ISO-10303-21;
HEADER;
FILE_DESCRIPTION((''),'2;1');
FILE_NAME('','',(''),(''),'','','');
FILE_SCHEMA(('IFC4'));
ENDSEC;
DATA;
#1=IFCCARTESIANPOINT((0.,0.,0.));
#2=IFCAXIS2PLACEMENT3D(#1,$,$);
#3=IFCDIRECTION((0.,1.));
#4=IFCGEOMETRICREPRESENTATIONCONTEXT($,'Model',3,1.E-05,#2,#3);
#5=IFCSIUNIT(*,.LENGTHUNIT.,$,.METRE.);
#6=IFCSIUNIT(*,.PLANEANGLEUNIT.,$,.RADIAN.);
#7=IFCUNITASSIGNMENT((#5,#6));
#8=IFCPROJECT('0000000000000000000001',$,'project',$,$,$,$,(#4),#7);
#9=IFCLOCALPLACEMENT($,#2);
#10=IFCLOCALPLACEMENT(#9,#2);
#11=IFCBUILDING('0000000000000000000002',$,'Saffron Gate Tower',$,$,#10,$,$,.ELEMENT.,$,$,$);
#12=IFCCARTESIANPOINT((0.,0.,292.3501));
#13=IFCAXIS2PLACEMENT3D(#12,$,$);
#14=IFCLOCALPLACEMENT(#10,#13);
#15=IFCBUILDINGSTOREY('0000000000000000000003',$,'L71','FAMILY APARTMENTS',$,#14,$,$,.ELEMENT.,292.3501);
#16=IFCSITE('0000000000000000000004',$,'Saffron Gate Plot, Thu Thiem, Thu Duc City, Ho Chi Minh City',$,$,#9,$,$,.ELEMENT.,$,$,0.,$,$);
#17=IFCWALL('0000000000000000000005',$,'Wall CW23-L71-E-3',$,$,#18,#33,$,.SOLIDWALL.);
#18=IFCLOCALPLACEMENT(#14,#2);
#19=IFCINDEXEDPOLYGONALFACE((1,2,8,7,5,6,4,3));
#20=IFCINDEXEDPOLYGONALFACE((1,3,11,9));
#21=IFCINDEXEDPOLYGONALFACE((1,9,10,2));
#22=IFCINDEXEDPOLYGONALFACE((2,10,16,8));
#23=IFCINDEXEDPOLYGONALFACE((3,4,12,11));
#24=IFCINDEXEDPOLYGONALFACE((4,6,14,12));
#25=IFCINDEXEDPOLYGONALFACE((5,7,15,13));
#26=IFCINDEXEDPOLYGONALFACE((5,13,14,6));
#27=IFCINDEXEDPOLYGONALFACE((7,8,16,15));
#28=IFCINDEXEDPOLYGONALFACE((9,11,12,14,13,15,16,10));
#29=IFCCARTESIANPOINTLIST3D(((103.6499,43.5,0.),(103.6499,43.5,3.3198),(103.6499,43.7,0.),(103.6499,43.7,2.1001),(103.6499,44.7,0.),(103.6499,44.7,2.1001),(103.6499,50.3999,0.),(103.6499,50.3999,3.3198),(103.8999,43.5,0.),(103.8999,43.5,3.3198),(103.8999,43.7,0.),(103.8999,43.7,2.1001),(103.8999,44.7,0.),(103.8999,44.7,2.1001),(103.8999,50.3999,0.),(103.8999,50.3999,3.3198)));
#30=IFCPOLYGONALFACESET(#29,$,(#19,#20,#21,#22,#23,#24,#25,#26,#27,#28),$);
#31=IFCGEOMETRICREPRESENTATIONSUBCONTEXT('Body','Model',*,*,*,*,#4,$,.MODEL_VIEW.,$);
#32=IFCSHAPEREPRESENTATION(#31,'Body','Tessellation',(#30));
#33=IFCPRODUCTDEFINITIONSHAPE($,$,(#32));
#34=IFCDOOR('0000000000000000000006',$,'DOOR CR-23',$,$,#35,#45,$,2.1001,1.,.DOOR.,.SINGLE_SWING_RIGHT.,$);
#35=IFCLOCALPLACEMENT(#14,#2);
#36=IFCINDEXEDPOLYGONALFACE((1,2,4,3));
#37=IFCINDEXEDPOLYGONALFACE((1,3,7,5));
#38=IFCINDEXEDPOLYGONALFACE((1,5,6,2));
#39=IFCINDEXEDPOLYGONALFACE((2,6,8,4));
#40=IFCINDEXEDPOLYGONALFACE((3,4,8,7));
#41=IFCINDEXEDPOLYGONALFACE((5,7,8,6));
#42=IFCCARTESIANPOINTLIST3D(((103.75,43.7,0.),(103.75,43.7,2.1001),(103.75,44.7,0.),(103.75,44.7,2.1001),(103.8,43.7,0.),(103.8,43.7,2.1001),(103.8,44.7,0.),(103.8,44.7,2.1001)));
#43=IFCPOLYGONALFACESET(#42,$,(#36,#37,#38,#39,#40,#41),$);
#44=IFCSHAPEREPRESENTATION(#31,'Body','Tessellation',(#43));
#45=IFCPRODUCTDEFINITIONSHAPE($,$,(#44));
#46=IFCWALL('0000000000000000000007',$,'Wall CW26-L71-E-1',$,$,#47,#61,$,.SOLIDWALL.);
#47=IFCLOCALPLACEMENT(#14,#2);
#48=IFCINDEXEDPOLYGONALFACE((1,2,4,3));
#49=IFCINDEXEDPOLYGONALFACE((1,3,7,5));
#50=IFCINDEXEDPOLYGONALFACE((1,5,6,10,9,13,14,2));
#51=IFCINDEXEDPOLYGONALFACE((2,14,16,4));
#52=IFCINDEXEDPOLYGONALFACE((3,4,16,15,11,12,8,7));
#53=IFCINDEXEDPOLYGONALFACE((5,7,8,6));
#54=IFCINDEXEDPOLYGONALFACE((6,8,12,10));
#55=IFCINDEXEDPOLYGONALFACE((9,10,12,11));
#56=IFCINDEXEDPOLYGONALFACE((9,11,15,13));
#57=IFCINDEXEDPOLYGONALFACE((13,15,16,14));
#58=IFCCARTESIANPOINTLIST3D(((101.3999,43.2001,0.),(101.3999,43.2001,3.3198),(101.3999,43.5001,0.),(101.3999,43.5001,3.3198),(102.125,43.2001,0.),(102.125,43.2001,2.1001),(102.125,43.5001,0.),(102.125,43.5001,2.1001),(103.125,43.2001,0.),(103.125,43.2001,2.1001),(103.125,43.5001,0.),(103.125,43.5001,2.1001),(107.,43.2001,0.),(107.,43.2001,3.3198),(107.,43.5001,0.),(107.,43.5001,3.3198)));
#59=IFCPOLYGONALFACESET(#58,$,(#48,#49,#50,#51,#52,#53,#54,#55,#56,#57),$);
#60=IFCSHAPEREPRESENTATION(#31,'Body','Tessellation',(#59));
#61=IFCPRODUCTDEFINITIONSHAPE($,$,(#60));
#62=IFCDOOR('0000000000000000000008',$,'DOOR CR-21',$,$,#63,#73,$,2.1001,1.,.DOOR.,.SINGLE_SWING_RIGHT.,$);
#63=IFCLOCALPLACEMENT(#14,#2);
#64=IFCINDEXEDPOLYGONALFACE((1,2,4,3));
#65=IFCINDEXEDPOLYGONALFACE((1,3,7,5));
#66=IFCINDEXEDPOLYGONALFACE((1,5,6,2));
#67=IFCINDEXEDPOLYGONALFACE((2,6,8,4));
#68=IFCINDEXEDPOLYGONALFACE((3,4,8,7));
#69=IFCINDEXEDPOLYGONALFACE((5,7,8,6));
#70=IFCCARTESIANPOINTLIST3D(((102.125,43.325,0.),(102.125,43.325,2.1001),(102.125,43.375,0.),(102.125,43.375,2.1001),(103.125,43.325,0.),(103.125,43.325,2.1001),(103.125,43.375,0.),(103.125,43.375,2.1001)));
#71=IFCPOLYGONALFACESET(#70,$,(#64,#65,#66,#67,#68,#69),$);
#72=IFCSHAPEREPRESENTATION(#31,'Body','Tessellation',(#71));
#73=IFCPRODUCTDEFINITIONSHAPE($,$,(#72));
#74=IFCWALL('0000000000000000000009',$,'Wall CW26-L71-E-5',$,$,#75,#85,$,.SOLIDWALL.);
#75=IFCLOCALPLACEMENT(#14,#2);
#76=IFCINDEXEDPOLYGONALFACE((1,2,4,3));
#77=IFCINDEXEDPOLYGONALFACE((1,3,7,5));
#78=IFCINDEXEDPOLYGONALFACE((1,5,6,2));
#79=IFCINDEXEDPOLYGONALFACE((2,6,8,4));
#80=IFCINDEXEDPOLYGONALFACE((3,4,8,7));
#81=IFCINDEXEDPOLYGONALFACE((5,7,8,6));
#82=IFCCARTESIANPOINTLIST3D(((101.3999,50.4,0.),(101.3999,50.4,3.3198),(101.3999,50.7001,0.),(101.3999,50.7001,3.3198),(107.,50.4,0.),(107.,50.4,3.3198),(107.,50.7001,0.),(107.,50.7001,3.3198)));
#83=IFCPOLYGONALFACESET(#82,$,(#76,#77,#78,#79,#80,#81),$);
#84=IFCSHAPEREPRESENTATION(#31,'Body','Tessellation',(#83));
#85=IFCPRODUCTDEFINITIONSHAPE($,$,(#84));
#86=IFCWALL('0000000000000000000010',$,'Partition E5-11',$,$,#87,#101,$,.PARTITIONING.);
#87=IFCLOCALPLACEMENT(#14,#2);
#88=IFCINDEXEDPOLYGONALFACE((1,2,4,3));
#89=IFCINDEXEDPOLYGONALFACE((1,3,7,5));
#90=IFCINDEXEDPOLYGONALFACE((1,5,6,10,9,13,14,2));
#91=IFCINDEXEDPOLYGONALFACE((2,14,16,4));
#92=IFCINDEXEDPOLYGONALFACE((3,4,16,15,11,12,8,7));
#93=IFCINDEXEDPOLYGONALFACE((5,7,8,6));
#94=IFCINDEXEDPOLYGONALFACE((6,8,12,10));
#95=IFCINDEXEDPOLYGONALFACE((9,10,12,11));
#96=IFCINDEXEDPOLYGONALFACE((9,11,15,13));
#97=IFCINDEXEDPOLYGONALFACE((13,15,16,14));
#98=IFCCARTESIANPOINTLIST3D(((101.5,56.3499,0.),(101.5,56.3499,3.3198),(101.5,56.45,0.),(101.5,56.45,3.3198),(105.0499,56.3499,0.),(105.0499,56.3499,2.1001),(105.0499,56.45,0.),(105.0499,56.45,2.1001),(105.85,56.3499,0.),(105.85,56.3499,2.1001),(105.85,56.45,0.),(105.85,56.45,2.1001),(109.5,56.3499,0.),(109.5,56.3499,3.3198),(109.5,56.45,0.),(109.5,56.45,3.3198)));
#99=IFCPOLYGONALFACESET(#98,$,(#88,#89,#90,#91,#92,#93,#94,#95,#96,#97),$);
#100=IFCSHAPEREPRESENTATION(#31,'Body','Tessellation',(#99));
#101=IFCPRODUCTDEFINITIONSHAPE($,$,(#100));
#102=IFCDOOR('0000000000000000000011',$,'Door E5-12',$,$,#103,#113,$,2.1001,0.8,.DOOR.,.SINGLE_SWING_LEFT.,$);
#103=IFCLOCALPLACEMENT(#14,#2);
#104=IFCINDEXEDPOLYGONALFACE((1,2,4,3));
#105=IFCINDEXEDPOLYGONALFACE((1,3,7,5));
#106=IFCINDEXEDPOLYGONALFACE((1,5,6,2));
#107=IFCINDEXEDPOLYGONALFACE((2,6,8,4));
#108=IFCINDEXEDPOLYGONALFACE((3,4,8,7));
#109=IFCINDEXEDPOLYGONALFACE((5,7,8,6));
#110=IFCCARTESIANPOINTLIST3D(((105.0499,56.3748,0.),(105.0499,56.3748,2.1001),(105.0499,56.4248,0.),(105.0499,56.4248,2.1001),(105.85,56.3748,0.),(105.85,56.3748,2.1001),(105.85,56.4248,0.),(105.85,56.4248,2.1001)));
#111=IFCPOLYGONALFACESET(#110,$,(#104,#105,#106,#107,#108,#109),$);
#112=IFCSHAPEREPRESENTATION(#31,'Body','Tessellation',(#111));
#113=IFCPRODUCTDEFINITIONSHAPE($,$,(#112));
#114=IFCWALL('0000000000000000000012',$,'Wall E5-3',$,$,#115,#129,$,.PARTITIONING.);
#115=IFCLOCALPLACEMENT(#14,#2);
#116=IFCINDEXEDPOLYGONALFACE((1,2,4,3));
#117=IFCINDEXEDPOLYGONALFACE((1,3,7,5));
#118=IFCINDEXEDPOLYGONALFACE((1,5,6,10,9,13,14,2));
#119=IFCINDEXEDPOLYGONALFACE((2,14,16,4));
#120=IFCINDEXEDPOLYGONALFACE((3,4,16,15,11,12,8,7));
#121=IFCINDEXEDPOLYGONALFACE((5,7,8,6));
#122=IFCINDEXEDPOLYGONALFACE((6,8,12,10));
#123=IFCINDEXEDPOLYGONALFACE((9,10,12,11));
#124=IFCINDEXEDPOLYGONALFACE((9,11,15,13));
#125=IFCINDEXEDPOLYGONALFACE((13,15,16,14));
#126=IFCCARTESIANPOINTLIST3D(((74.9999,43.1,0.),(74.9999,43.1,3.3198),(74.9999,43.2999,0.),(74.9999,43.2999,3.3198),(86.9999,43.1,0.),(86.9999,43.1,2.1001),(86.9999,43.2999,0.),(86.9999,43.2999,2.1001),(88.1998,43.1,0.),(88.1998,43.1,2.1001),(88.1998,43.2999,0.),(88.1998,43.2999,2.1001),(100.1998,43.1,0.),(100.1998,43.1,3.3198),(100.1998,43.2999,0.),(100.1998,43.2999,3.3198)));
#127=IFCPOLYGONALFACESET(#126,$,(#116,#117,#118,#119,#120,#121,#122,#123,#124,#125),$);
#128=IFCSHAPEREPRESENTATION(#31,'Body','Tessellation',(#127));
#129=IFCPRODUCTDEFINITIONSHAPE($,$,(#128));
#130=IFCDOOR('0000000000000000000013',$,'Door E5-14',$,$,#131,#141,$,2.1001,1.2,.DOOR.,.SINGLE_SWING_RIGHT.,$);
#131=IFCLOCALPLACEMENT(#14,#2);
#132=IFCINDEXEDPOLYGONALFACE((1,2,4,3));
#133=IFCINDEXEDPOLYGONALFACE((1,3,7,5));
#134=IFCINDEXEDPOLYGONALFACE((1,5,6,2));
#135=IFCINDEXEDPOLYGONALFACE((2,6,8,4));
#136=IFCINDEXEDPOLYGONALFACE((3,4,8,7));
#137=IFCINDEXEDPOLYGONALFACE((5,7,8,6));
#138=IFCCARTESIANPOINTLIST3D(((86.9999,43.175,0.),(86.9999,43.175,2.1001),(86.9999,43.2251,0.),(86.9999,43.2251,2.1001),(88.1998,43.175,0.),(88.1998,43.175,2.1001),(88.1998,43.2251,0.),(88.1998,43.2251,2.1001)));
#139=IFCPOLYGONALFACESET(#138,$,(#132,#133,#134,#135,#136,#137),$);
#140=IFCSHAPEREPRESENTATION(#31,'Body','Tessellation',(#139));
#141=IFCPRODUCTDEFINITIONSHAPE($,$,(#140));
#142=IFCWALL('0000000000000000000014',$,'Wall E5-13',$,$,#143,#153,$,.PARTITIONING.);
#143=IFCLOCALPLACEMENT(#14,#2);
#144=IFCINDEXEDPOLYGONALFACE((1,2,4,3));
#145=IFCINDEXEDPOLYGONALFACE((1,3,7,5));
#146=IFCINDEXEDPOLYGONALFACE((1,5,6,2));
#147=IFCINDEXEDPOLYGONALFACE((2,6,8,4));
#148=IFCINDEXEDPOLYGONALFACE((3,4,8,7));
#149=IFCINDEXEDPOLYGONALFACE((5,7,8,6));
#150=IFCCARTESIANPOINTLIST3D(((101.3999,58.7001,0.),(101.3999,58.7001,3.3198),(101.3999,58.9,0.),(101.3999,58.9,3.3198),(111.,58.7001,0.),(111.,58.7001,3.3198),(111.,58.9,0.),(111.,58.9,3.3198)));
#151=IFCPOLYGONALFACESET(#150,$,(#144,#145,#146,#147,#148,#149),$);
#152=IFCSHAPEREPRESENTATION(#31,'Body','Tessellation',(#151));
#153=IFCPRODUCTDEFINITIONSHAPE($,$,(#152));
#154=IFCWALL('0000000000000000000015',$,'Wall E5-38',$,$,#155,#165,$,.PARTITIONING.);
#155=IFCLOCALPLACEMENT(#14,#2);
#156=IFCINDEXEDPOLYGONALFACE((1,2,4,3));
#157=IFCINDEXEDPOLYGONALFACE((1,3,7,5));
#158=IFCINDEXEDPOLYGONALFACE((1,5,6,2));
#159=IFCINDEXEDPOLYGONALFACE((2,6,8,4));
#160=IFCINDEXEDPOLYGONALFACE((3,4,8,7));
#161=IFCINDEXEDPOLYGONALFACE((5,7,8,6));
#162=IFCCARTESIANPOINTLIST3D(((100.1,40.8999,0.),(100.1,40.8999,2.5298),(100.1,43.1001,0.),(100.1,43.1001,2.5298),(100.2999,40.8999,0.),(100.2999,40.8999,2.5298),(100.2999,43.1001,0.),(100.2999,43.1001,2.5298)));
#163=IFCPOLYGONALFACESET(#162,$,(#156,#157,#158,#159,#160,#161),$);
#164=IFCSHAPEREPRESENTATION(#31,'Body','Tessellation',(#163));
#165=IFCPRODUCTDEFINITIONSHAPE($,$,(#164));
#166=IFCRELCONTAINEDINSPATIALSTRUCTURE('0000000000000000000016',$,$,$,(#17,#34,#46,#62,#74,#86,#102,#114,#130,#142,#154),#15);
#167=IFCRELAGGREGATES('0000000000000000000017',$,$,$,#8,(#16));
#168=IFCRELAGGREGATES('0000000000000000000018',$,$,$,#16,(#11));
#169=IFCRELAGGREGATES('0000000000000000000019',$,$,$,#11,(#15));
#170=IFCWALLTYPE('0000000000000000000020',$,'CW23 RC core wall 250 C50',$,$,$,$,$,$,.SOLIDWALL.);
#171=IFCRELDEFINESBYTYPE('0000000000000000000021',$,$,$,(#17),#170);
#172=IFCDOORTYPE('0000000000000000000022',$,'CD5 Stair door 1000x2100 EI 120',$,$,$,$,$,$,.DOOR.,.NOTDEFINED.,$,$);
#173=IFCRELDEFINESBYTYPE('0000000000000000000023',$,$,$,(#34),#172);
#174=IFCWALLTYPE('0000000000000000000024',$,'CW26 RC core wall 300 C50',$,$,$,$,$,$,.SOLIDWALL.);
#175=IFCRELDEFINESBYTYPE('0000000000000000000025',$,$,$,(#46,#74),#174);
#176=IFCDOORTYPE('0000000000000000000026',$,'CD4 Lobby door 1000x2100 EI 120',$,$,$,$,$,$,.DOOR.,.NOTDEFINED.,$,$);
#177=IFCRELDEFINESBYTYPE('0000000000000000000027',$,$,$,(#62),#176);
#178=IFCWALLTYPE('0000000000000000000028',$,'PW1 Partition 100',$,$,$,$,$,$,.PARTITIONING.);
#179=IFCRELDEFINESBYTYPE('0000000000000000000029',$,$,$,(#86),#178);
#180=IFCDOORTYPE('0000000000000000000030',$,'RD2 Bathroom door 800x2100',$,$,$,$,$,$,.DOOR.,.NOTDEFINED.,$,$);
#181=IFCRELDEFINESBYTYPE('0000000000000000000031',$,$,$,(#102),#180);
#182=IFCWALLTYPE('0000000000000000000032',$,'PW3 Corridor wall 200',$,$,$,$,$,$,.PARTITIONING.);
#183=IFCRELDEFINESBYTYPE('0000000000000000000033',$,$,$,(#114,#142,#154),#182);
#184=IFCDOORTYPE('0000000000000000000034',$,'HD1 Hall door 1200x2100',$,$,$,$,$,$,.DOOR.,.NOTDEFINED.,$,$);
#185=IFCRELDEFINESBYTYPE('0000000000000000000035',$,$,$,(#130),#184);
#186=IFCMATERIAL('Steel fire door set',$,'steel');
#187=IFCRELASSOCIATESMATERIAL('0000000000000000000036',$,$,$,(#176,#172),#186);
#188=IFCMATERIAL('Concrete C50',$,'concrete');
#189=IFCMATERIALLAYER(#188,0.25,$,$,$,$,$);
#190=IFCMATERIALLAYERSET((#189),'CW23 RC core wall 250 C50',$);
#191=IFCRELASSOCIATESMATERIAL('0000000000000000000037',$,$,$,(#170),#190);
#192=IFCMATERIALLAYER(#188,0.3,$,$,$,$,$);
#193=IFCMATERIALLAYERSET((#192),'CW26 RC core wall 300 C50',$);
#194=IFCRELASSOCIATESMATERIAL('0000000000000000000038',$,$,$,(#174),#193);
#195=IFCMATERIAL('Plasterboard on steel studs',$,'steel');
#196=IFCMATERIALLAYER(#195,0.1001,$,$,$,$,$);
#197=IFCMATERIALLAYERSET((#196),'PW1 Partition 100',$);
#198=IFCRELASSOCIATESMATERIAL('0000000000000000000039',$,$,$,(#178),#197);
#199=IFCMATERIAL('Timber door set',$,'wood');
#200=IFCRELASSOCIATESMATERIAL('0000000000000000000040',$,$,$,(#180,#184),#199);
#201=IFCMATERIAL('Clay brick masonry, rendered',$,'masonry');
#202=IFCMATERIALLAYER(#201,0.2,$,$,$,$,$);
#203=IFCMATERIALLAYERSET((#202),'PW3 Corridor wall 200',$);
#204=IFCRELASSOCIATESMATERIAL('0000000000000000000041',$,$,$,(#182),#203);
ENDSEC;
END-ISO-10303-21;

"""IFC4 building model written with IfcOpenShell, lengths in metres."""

from ifc_helpers import new_model, si_unit, direction, frame, frame_2d, origin, place, context, subcontext, project, spatial, rectangle, extrude, material, layer, layer_set, type_object, element, fill, save


model = new_model("IFC4")

# Units and contexts
model_context = context("Model", 3, precision=1e-05, world=origin(), true_north=direction((0.0, 1.0)))
body_context = subcontext(model_context, "Body", "Model", "MODEL_VIEW")
ifc_project = project(units=[si_unit("LENGTHUNIT", "METRE"), si_unit("PLANEANGLEUNIT", "RADIAN")], contexts=[model_context])

# Site, building, storey
site_placement = place(None, origin())
site = spatial("IfcSite", under=ifc_project, at=site_placement, Name="Saffron Gate Plot, Thu Thiem, Thu Duc City, Ho Chi Minh City", CompositionType="ELEMENT", RefElevation=0.0)
building_placement = place(site_placement, origin())
building = spatial("IfcBuilding", under=site, at=building_placement, Name="Saffron Gate Tower", CompositionType="ELEMENT")
storey_placement = place(building_placement, frame((0.0, 0.0, 292.3501)))
storey = spatial("IfcBuildingStorey", under=building, at=storey_placement, Name="L71", Description="FAMILY APARTMENTS", CompositionType="ELEMENT", Elevation=292.3501)

# Walls, openings, doors
ifc_material_1 = material(Name="Steel fire door set", Category="steel")
door_type_1 = type_object("IfcDoorType", Name="CD4 Lobby door 1000x2100 EI 120", OperationType="NOTDEFINED", PredefinedType="DOOR", material=ifc_material_1)
ifc_material_2 = material(Name="Concrete C50", Category="concrete")
ifc_layer_1 = layer(ifc_material_2, 0.25)
ifc_layer_set_1 = layer_set([ifc_layer_1], Name="CW23 RC core wall 250 C50")
wall_type_1 = type_object("IfcWallType", Name="CW23 RC core wall 250 C50", PredefinedType="SOLIDWALL", material=ifc_layer_set_1)
wall_1_placement = place(storey_placement, frame((103.7749, 43.5, 0.0), z_axis=(0.0, 0.0, 1.0), x_axis=(0.0, 1.0, 0.0)))
wall_1 = element("IfcWall", 1, at=wall_1_placement, inside=storey, type_object=wall_type_1, Name="Wall CW23-L71-E-3", PredefinedType="SOLIDWALL", context=body_context, shape_type="SweptSolid", body=[
    extrude(rectangle(XDim=6.8999, YDim=0.25, at=frame_2d((3.45, 0.0))), origin(), (0.0, 0.0, 1.0), 3.3198),
])
opening_1_placement = place(wall_1_placement, frame((0.2, 0.0, 0.0)))
opening_1 = element("IfcOpeningElement", 2, at=opening_1_placement, cuts=wall_1, PredefinedType="OPENING", context=body_context, shape_type="SweptSolid", body=[
    extrude(rectangle(XDim=1.0, YDim=2.1001, at=frame_2d((0.5, 1.05))), frame((0.0, 0.135, 0.0), z_axis=(0.0, -1.0, 0.0), x_axis=(1.0, 0.0, 0.0)), (0.0, 0.0, 1.0), 0.27),
])
door_type_2 = type_object("IfcDoorType", Name="CD5 Stair door 1000x2100 EI 120", OperationType="NOTDEFINED", PredefinedType="DOOR", material=ifc_material_1)
door_1_placement = place(opening_1_placement, origin())
door_1 = element("IfcDoor", 3, at=door_1_placement, inside=storey, type_object=door_type_2, Name="DOOR CR-23", OperationType="SINGLE_SWING_RIGHT", OverallHeight=2.1001, OverallWidth=1.0, PredefinedType="DOOR", context=body_context, shape_type="SweptSolid", body=[
    extrude(rectangle(XDim=1.0, YDim=2.1001, at=frame_2d((0.5, 1.05))), frame((0.0, 0.0249, 0.0), z_axis=(0.0, -1.0, 0.0), x_axis=(1.0, 0.0, 0.0)), (0.0, 0.0, 1.0), 0.05),
])
fill(opening_1, door_1)
ifc_layer_2 = layer(ifc_material_2, 0.3)
ifc_layer_set_2 = layer_set([ifc_layer_2], Name="CW26 RC core wall 300 C50")
wall_type_2 = type_object("IfcWallType", Name="CW26 RC core wall 300 C50", PredefinedType="SOLIDWALL", material=ifc_layer_set_2)
wall_2_placement = place(storey_placement, frame((101.3999, 43.3501, 0.0), z_axis=(0.0, 0.0, 1.0), x_axis=(1.0, 0.0, 0.0)))
wall_2 = element("IfcWall", 4, at=wall_2_placement, inside=storey, type_object=wall_type_2, Name="Wall CW26-L71-E-1", PredefinedType="SOLIDWALL", context=body_context, shape_type="SweptSolid", body=[
    extrude(rectangle(XDim=5.6001, YDim=0.3, at=frame_2d((2.8, 0.0))), origin(), (0.0, 0.0, 1.0), 3.3198),
])
opening_2_placement = place(wall_2_placement, frame((0.7251, 0.0, 0.0)))
opening_2 = element("IfcOpeningElement", 5, at=opening_2_placement, cuts=wall_2, PredefinedType="OPENING", context=body_context, shape_type="SweptSolid", body=[
    extrude(rectangle(XDim=1.0, YDim=2.1001, at=frame_2d((0.5, 1.05))), frame((0.0, 0.1602, 0.0), z_axis=(0.0, -1.0, 0.0), x_axis=(1.0, 0.0, 0.0)), (0.0, 0.0, 1.0), 0.3201),
])
door_2_placement = place(opening_2_placement, origin())
door_2 = element("IfcDoor", 6, at=door_2_placement, inside=storey, type_object=door_type_1, Name="DOOR CR-21", OperationType="SINGLE_SWING_RIGHT", OverallHeight=2.1001, OverallWidth=1.0, PredefinedType="DOOR", context=body_context, shape_type="SweptSolid", body=[
    extrude(rectangle(XDim=1.0, YDim=2.1001, at=frame_2d((0.5, 1.05))), frame((0.0, 0.0249, 0.0), z_axis=(0.0, -1.0, 0.0), x_axis=(1.0, 0.0, 0.0)), (0.0, 0.0, 1.0), 0.05),
])
fill(opening_2, door_2)

# Wall
wall_3_placement = place(storey_placement, frame((101.3999, 50.55, 0.0), z_axis=(0.0, 0.0, 1.0), x_axis=(1.0, 0.0, 0.0)))
element("IfcWall", 7, at=wall_3_placement, inside=storey, type_object=wall_type_2, Name="Wall CW26-L71-E-5", PredefinedType="SOLIDWALL", context=body_context, shape_type="SweptSolid", body=[
    extrude(rectangle(XDim=5.6001, YDim=0.3, at=frame_2d((2.8, 0.0))), origin(), (0.0, 0.0, 1.0), 3.3198),
])

# Walls, openings, doors
ifc_material_3 = material(Name="Plasterboard on steel studs", Category="steel")
ifc_layer_3 = layer(ifc_material_3, 0.1001)
ifc_layer_set_3 = layer_set([ifc_layer_3], Name="PW1 Partition 100")
wall_type_3 = type_object("IfcWallType", Name="PW1 Partition 100", PredefinedType="PARTITIONING", material=ifc_layer_set_3)
wall_4_placement = place(storey_placement, frame((101.5, 56.3999, 0.0), z_axis=(0.0, 0.0, 1.0), x_axis=(1.0, 0.0, 0.0)))
wall_4 = element("IfcWall", 8, at=wall_4_placement, inside=storey, type_object=wall_type_3, Name="Partition E5-11", PredefinedType="PARTITIONING", context=body_context, shape_type="SweptSolid", body=[
    extrude(rectangle(XDim=8.0, YDim=0.1001, at=frame_2d((4.0, 0.0))), origin(), (0.0, 0.0, 1.0), 3.3198),
])
opening_3_placement = place(wall_4_placement, frame((3.55, 0.0, 0.0)))
opening_3 = element("IfcOpeningElement", 9, at=opening_3_placement, cuts=wall_4, PredefinedType="OPENING", context=body_context, shape_type="SweptSolid", body=[
    extrude(rectangle(XDim=0.8, YDim=2.1001, at=frame_2d((0.3999, 1.05))), frame((0.0, 0.0601, 0.0), z_axis=(0.0, -1.0, 0.0), x_axis=(1.0, 0.0, 0.0)), (0.0, 0.0, 1.0), 0.1201),
])
ifc_material_4 = material(Name="Timber door set", Category="wood")
door_type_3 = type_object("IfcDoorType", Name="RD2 Bathroom door 800x2100", OperationType="NOTDEFINED", PredefinedType="DOOR", material=ifc_material_4)
door_3_placement = place(opening_3_placement, origin())
door_3 = element("IfcDoor", 10, at=door_3_placement, inside=storey, type_object=door_type_3, Name="Door E5-12", OperationType="SINGLE_SWING_LEFT", OverallHeight=2.1001, OverallWidth=0.8, PredefinedType="DOOR", context=body_context, shape_type="SweptSolid", body=[
    extrude(rectangle(XDim=0.8, YDim=2.1001, at=frame_2d((0.3999, 1.05))), frame((0.0, 0.0249, 0.0), z_axis=(0.0, -1.0, 0.0), x_axis=(1.0, 0.0, 0.0)), (0.0, 0.0, 1.0), 0.05),
])
fill(opening_3, door_3)
ifc_material_5 = material(Name="Clay brick masonry, rendered", Category="masonry")
ifc_layer_4 = layer(ifc_material_5, 0.2)
ifc_layer_set_4 = layer_set([ifc_layer_4], Name="PW3 Corridor wall 200")
wall_type_4 = type_object("IfcWallType", Name="PW3 Corridor wall 200", PredefinedType="PARTITIONING", material=ifc_layer_set_4)
wall_5_placement = place(storey_placement, frame((100.2, 43.2, 0.0), z_axis=(0.0, 0.0, 1.0), x_axis=(-1.0, 0.0, 0.0)))
wall_5 = element("IfcWall", 11, at=wall_5_placement, inside=storey, type_object=wall_type_4, Name="Wall E5-3", PredefinedType="PARTITIONING", context=body_context, shape_type="SweptSolid", body=[
    extrude(rectangle(XDim=25.2, YDim=0.2, at=frame_2d((12.6001, 0.0))), origin(), (0.0, 0.0, 1.0), 3.3198),
])
opening_4_placement = place(wall_5_placement, frame((12.0, 0.0, 0.0)))
opening_4 = element("IfcOpeningElement", 12, at=opening_4_placement, cuts=wall_5, PredefinedType="OPENING", context=body_context, shape_type="SweptSolid", body=[
    extrude(rectangle(XDim=1.2, YDim=2.1001, at=frame_2d((0.6001, 1.05))), frame((0.0, 0.1099, 0.0), z_axis=(0.0, -1.0, 0.0), x_axis=(1.0, 0.0, 0.0)), (0.0, 0.0, 1.0), 0.22),
])
door_type_4 = type_object("IfcDoorType", Name="HD1 Hall door 1200x2100", OperationType="NOTDEFINED", PredefinedType="DOOR", material=ifc_material_4)
door_4_placement = place(opening_4_placement, origin())
door_4 = element("IfcDoor", 13, at=door_4_placement, inside=storey, type_object=door_type_4, Name="Door E5-14", OperationType="SINGLE_SWING_RIGHT", OverallHeight=2.1001, OverallWidth=1.2, PredefinedType="DOOR", context=body_context, shape_type="SweptSolid", body=[
    extrude(rectangle(XDim=1.2, YDim=2.1001, at=frame_2d((0.6001, 1.05))), frame((0.0, 0.0249, 0.0), z_axis=(0.0, -1.0, 0.0), x_axis=(1.0, 0.0, 0.0)), (0.0, 0.0, 1.0), 0.05),
])
fill(opening_4, door_4)

# Walls
wall_6_placement = place(storey_placement, frame((101.3999, 58.8, 0.0), z_axis=(0.0, 0.0, 1.0), x_axis=(1.0, 0.0, 0.0)))
element("IfcWall", 14, at=wall_6_placement, inside=storey, type_object=wall_type_4, Name="Wall E5-13", PredefinedType="PARTITIONING", context=body_context, shape_type="SweptSolid", body=[
    extrude(rectangle(XDim=9.6001, YDim=0.2, at=frame_2d((4.8, 0.0))), origin(), (0.0, 0.0, 1.0), 3.3198),
])
wall_7_placement = place(storey_placement, frame((100.2, 43.1001, 0.0), z_axis=(0.0, 0.0, 1.0), x_axis=(0.0, -1.0, 0.0)))
element("IfcWall", 15, at=wall_7_placement, inside=storey, type_object=wall_type_4, Name="Wall E5-38", PredefinedType="PARTITIONING", context=body_context, shape_type="SweptSolid", body=[
    extrude(rectangle(XDim=2.2002, YDim=0.2, at=frame_2d((1.1001, 0.0))), origin(), (0.0, 0.0, 1.0), 2.5298),
])

save(model, "model.ifc")
